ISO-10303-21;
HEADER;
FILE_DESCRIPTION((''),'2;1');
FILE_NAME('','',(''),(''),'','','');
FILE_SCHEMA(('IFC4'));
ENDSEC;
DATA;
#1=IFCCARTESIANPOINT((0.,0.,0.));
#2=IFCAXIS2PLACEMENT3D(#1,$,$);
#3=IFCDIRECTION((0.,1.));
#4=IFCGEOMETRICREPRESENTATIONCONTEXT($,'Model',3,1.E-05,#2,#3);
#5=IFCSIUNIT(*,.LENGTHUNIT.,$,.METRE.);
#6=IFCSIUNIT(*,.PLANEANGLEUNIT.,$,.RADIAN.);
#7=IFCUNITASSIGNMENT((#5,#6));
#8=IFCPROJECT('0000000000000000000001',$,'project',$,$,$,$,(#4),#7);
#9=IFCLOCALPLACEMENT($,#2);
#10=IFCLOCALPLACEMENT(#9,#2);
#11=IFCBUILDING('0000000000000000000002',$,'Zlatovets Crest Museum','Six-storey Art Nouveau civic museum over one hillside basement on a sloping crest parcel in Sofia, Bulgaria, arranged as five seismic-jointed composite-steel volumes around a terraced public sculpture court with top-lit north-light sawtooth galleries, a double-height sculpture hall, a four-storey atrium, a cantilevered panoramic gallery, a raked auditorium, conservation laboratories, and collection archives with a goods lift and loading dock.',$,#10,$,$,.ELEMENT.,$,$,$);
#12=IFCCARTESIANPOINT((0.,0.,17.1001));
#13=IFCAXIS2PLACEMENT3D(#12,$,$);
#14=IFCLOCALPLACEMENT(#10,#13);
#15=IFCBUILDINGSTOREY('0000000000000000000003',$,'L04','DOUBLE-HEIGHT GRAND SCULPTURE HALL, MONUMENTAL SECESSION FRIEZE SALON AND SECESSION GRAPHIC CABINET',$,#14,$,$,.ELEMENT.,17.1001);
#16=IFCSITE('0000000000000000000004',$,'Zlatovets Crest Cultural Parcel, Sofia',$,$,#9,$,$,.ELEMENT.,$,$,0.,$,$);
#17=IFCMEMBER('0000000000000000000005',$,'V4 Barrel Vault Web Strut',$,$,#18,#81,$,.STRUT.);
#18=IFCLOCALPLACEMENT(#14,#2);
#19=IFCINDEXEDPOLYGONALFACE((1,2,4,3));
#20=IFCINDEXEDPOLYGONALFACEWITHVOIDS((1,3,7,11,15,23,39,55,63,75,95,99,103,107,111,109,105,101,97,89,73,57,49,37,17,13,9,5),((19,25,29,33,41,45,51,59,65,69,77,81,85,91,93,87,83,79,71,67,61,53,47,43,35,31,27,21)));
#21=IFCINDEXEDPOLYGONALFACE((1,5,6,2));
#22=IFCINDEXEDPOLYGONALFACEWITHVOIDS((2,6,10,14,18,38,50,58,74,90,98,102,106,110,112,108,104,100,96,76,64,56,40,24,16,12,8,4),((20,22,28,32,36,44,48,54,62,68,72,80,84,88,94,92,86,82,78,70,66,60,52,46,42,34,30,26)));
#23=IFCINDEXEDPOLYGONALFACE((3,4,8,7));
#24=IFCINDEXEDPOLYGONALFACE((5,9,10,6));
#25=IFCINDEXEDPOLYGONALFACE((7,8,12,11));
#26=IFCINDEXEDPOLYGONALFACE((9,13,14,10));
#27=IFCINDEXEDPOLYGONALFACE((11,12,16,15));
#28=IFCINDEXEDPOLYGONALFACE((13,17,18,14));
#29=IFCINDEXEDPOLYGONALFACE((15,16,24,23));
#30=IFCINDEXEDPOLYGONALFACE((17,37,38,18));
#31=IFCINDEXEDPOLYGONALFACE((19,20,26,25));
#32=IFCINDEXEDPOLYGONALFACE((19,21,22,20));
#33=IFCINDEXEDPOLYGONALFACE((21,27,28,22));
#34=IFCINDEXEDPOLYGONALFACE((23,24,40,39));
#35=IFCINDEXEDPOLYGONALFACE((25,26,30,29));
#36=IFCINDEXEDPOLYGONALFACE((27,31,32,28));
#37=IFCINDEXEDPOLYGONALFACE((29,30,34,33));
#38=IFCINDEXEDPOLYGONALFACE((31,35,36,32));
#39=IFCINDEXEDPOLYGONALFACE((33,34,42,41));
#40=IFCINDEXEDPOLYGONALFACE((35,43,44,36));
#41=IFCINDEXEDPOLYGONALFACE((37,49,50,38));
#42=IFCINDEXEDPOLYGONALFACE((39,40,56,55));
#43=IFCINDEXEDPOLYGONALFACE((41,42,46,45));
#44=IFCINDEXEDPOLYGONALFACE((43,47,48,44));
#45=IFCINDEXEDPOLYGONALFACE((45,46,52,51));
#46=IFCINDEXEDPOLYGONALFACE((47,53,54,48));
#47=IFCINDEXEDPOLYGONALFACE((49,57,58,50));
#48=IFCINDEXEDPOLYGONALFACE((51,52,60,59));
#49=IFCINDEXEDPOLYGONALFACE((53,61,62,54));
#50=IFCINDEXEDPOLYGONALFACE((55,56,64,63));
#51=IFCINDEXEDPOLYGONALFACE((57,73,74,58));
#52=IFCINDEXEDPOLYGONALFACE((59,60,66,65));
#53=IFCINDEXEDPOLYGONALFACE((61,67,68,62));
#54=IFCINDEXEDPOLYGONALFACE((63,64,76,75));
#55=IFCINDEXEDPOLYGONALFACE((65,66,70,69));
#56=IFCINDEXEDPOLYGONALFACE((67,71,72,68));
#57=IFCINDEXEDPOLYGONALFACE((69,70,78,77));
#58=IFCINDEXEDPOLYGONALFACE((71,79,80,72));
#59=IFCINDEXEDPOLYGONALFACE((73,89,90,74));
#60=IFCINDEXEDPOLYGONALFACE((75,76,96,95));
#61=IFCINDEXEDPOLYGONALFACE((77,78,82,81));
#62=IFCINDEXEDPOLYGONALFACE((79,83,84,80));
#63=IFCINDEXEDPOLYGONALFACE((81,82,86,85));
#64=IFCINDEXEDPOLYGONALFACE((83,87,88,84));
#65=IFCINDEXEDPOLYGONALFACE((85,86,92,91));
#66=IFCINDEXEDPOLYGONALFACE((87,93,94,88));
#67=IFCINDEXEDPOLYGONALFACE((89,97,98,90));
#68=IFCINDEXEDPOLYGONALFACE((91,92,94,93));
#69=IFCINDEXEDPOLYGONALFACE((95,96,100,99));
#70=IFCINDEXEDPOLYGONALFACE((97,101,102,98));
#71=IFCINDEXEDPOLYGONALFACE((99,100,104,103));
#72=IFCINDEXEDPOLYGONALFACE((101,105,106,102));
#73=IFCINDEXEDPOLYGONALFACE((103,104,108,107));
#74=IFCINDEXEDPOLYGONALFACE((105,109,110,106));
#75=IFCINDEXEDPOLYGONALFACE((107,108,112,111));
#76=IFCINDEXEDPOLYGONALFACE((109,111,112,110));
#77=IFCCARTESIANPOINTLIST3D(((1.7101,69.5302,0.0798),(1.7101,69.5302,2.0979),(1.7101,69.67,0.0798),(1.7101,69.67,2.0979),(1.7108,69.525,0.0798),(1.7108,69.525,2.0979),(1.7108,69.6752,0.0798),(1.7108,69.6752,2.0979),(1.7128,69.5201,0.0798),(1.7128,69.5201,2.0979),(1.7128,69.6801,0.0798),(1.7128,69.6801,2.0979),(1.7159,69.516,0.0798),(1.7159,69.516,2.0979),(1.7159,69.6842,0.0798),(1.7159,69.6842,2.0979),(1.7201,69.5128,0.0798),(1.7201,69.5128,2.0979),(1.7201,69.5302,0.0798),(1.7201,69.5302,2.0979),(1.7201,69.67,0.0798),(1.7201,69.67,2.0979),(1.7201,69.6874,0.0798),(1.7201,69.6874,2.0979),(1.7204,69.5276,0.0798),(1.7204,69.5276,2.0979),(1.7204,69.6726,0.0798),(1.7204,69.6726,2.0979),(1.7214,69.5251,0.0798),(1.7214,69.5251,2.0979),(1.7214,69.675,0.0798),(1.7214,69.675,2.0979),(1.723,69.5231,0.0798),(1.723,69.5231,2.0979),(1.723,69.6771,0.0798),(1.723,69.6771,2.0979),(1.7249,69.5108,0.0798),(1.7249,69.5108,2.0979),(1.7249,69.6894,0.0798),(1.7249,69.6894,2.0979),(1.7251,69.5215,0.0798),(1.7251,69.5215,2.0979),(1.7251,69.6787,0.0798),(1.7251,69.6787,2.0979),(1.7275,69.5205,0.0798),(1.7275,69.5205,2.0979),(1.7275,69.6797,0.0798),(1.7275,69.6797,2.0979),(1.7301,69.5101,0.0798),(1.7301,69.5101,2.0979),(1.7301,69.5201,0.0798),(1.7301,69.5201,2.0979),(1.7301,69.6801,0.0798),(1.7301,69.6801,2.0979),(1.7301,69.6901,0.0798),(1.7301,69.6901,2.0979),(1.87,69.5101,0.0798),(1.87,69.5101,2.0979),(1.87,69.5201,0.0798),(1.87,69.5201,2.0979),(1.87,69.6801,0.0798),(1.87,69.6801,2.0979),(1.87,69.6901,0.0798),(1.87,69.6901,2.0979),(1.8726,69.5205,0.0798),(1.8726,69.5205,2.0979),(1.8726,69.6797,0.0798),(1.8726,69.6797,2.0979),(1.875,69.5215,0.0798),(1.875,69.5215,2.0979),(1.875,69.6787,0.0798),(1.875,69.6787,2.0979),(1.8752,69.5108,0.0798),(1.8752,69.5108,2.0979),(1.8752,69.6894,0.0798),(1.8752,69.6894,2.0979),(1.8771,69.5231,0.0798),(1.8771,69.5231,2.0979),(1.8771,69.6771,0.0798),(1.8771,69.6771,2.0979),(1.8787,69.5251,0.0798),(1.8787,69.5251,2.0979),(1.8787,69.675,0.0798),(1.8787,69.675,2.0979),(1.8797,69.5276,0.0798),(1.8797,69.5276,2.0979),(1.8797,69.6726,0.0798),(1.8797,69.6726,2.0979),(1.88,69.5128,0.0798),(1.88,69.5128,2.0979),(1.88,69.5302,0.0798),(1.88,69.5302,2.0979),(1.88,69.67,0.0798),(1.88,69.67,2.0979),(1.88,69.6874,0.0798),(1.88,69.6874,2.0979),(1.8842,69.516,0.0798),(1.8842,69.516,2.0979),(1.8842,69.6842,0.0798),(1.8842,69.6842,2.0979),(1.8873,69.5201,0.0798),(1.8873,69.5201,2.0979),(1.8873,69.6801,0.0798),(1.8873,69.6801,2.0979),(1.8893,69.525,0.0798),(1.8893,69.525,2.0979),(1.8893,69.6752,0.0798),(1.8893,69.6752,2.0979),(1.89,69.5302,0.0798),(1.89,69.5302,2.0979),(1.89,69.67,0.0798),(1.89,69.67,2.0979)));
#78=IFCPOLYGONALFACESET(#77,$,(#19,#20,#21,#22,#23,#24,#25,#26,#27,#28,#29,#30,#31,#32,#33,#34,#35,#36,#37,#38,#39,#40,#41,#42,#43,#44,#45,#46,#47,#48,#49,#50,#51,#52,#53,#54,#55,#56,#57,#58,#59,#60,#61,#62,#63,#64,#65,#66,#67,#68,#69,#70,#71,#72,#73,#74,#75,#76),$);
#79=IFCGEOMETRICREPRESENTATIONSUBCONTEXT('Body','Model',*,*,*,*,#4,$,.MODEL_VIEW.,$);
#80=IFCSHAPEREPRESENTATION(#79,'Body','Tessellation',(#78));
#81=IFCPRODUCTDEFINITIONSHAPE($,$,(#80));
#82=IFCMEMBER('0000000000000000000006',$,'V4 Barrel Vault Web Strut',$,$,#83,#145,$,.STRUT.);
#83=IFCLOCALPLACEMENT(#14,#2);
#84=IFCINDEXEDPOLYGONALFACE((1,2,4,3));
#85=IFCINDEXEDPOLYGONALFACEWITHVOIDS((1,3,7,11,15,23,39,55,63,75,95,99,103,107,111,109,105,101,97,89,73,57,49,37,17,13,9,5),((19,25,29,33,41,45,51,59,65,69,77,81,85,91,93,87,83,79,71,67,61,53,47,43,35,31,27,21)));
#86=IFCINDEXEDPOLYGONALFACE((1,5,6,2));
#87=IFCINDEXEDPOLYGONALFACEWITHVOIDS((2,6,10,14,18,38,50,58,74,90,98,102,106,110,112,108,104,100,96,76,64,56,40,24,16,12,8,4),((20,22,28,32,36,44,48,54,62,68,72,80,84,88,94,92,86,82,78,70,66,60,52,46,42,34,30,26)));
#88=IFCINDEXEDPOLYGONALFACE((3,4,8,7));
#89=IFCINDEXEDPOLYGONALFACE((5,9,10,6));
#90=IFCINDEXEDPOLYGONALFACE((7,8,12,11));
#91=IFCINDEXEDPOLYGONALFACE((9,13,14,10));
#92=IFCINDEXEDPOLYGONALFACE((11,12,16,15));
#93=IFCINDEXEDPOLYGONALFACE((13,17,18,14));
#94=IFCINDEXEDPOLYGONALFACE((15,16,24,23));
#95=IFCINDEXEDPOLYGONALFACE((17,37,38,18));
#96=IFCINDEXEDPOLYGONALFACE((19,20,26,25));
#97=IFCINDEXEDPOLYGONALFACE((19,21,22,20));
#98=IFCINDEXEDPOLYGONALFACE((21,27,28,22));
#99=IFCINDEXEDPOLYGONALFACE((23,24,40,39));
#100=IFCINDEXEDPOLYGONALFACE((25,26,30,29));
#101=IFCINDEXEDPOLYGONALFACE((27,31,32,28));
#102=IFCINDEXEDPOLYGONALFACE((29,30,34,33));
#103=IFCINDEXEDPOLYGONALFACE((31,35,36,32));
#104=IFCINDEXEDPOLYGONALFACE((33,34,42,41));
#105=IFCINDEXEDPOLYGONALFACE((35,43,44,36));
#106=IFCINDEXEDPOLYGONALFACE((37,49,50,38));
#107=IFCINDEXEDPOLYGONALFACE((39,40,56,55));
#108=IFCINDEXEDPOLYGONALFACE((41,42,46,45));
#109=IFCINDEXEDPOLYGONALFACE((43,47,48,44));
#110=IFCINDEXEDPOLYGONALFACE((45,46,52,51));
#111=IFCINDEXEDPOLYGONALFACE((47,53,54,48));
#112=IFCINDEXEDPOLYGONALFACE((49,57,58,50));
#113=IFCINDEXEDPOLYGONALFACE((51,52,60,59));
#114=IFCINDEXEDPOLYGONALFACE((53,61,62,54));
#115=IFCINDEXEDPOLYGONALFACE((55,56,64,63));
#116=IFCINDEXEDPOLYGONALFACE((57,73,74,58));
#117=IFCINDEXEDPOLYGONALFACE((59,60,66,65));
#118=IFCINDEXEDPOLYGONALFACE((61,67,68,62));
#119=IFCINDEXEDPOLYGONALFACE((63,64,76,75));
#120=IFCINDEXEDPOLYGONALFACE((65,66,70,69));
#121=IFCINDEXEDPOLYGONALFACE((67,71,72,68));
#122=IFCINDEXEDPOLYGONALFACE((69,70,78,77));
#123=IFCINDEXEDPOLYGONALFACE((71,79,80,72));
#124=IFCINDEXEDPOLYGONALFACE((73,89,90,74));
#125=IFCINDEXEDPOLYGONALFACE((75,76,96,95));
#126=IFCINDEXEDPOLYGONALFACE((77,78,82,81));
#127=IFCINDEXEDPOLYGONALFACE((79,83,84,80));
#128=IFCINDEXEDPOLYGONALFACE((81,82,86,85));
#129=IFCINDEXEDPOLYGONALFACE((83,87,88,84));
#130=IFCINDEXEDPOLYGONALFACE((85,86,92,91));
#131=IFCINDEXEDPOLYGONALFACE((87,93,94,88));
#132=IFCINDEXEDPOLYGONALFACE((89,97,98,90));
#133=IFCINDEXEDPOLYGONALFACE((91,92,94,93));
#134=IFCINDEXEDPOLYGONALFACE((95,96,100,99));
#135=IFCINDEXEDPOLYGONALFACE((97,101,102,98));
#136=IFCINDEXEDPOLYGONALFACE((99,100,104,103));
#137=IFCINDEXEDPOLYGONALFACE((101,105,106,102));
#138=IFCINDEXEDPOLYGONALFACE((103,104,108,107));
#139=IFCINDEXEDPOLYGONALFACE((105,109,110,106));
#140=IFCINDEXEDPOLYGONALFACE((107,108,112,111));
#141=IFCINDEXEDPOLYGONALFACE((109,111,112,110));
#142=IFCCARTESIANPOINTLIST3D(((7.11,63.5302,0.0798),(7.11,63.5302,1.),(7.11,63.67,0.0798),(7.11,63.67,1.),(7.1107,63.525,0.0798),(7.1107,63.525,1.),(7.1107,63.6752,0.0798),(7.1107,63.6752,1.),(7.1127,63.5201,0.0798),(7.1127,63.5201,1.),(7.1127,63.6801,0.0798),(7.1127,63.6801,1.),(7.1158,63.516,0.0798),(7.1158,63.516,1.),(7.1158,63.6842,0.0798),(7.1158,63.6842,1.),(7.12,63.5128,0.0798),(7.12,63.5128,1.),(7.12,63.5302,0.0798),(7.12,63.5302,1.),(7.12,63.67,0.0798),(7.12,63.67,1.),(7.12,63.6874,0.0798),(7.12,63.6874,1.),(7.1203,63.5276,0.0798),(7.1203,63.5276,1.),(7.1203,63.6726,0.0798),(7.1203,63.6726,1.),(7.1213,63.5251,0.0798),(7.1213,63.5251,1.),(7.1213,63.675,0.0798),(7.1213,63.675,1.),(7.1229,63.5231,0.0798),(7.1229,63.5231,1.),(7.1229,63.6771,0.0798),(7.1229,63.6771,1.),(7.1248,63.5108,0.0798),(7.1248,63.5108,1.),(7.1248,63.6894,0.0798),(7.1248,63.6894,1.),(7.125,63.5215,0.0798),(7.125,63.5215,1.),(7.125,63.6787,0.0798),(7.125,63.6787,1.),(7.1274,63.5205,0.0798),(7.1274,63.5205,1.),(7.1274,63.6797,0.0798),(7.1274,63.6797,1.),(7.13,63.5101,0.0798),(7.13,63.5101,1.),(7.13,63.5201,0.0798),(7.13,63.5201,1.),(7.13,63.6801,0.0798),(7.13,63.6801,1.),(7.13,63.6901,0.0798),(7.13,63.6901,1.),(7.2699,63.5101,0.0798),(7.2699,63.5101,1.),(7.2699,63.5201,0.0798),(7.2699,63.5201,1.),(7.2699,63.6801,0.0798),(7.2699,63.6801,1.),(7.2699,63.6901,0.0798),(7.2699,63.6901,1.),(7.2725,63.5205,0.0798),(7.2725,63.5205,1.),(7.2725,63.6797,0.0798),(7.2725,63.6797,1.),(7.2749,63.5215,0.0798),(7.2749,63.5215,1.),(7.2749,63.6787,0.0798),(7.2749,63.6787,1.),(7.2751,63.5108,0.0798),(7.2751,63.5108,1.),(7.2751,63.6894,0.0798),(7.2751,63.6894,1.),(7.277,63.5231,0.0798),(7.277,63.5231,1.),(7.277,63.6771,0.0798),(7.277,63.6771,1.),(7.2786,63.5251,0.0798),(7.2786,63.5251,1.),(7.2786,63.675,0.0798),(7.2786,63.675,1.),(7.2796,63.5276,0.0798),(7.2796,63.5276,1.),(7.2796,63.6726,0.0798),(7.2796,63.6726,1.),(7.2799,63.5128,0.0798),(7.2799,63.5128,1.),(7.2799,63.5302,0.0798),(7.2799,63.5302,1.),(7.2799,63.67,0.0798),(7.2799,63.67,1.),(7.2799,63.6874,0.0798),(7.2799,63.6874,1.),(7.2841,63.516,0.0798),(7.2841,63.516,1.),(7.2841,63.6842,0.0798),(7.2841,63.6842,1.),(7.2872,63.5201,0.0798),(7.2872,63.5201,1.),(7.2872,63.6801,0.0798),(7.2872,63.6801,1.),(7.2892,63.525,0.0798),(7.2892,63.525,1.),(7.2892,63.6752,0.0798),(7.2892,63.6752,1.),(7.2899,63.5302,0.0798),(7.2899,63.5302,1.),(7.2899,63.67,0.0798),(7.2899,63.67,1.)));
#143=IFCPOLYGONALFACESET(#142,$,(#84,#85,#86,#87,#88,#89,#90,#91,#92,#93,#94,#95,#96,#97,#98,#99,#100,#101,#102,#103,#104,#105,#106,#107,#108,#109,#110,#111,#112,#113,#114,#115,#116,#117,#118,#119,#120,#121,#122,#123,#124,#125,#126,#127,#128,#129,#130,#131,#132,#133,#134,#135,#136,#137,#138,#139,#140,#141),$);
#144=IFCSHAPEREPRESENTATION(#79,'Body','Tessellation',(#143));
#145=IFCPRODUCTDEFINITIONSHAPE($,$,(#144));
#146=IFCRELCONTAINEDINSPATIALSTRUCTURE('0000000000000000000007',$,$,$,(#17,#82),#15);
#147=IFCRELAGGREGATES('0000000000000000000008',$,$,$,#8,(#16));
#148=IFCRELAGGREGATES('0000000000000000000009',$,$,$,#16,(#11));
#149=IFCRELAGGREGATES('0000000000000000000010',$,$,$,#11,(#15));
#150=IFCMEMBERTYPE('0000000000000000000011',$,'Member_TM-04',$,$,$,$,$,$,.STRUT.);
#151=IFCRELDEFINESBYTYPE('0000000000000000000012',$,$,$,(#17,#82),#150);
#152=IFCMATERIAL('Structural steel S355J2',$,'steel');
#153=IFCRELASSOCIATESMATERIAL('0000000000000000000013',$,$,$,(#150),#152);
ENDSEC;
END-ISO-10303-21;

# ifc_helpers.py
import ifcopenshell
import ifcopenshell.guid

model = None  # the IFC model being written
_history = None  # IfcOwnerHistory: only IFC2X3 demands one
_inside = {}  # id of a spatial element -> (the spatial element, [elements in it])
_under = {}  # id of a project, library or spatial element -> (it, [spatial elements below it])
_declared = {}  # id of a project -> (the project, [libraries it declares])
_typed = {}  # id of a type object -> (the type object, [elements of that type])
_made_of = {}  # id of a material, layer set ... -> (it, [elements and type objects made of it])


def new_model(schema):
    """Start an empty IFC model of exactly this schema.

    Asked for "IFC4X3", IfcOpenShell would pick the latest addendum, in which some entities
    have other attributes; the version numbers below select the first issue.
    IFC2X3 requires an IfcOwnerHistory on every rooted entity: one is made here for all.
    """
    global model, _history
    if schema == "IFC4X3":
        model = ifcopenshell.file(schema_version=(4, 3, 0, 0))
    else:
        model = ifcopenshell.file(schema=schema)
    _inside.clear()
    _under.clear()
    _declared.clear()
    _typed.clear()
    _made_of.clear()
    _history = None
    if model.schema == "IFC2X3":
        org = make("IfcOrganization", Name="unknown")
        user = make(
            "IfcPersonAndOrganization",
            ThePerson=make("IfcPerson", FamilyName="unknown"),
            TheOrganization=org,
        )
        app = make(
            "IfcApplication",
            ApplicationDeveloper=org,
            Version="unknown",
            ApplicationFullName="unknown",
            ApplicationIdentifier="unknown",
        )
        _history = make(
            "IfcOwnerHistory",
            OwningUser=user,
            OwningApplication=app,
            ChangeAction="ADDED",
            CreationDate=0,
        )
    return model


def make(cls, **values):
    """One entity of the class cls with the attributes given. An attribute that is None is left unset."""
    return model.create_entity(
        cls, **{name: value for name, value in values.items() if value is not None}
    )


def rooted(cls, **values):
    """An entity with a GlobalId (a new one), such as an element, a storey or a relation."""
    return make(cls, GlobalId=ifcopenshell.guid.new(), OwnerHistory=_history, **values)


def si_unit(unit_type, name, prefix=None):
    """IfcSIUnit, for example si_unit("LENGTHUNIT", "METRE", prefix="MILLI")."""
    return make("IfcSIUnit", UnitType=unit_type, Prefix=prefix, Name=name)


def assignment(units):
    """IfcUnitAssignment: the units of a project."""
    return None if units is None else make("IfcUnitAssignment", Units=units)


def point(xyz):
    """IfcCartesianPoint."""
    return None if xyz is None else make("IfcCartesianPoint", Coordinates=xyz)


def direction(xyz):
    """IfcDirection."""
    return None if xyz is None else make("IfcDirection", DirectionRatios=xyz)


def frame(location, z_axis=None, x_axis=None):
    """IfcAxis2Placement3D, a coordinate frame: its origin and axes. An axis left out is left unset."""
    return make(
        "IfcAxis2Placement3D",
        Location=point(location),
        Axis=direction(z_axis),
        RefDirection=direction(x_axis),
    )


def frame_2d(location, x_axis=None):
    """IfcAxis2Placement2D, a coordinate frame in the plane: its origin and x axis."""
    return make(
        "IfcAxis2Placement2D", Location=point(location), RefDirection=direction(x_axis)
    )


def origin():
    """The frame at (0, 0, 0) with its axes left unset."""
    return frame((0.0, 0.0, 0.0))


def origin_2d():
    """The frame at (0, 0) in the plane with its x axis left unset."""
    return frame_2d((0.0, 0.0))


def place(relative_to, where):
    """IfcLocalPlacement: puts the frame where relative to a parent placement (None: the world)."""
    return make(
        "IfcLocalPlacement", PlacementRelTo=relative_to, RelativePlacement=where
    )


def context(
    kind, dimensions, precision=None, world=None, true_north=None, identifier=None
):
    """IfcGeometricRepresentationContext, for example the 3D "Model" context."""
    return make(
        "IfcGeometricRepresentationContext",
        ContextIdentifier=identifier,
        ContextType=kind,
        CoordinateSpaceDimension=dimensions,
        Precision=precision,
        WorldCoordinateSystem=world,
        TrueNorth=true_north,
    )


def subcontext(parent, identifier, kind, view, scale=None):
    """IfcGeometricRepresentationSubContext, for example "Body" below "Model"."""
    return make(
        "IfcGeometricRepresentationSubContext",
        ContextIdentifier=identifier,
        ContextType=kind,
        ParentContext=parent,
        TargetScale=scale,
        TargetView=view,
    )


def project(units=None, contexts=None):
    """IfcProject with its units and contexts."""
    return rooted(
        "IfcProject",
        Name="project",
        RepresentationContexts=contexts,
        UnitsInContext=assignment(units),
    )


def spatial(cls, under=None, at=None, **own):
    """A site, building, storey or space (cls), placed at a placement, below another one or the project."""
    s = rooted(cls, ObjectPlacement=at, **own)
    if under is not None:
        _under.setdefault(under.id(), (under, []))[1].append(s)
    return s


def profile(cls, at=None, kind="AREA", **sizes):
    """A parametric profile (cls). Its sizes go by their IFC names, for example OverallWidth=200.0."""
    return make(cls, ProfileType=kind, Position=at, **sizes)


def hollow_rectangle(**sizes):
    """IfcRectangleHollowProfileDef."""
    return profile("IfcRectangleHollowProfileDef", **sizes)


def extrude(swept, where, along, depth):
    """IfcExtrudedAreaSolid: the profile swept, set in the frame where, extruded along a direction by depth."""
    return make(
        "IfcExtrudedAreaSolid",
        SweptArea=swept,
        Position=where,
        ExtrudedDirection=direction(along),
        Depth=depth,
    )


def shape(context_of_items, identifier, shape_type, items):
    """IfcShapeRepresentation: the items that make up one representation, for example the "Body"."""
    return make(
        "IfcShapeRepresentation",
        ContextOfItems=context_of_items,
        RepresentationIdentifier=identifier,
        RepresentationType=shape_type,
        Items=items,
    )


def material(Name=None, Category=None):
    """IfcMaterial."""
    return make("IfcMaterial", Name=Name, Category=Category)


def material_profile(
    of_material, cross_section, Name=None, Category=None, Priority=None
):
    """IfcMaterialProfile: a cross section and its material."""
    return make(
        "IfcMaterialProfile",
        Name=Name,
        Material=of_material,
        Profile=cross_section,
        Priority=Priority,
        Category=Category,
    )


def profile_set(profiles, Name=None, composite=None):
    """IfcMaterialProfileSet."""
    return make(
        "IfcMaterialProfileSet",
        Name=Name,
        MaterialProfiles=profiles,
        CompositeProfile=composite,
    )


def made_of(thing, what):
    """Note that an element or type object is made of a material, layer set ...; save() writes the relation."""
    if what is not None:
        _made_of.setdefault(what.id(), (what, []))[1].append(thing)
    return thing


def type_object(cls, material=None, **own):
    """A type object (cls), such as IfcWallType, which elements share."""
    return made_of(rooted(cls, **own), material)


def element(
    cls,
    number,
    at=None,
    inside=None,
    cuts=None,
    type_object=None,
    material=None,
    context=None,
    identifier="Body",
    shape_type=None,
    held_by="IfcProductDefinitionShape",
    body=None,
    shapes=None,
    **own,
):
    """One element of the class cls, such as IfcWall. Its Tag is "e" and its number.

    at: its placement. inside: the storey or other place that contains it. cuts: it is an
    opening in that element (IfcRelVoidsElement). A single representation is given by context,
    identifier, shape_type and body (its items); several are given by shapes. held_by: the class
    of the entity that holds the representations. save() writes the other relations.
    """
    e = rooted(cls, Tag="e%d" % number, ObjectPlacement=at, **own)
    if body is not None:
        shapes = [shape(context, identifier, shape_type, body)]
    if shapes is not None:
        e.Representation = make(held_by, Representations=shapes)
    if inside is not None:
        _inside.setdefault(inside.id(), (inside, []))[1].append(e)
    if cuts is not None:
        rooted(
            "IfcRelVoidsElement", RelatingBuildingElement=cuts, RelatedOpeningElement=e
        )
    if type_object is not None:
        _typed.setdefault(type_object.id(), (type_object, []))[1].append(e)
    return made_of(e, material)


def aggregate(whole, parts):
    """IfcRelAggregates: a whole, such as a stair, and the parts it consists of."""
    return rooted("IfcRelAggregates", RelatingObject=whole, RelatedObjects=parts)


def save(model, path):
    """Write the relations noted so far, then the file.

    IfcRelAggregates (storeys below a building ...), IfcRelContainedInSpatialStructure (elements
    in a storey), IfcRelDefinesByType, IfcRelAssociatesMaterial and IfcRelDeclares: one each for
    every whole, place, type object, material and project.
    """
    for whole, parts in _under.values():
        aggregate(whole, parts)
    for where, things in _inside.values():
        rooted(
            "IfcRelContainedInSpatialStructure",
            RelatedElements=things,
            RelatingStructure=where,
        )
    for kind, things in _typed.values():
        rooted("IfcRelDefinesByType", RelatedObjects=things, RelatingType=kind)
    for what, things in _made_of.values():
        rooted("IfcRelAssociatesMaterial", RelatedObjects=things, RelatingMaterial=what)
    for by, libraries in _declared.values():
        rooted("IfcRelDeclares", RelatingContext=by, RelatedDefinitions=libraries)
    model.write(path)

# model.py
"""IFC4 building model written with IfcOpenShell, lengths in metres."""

from ifc_helpers import new_model, si_unit, direction, frame, origin, origin_2d, place, context, subcontext, project, spatial, hollow_rectangle, extrude, material, material_profile, profile_set, type_object, element, save


model = new_model("IFC4")

# Units and contexts
model_context = context("Model", 3, precision=1e-05, world=origin(), true_north=direction((0.0, 1.0)))
body_context = subcontext(model_context, "Body", "Model", "MODEL_VIEW")
ifc_project = project(units=[si_unit("LENGTHUNIT", "METRE"), si_unit("PLANEANGLEUNIT", "RADIAN")], contexts=[model_context])

# Site, building, storey
site_placement = place(None, origin())
site = spatial("IfcSite", under=ifc_project, at=site_placement, Name="Zlatovets Crest Cultural Parcel, Sofia", CompositionType="ELEMENT", RefElevation=0.0)
building_placement = place(site_placement, origin())
building = spatial("IfcBuilding", under=site, at=building_placement, Name="Zlatovets Crest Museum", Description="Six-storey Art Nouveau civic museum over one hillside basement on a sloping crest parcel in Sofia, Bulgaria, arranged as five seismic-jointed composite-steel volumes around a terraced public sculpture court with top-lit north-light sawtooth galleries, a double-height sculpture hall, a four-storey atrium, a cantilevered panoramic gallery, a raked auditorium, conservation laboratories, and collection archives with a goods lift and loading dock.", CompositionType="ELEMENT")
storey_placement = place(building_placement, frame((0.0, 0.0, 17.1001)))
storey = spatial("IfcBuildingStorey", under=building, at=storey_placement, Name="L04", Description="DOUBLE-HEIGHT GRAND SCULPTURE HALL, MONUMENTAL SECESSION FRIEZE SALON AND SECESSION GRAPHIC CABINET", CompositionType="ELEMENT", Elevation=17.1001)

# Shared definitions
ifc_material_1 = material(Name="Structural steel S355J2", Category="steel")

# Members
ifc_material_profile_1 = material_profile(ifc_material_1, hollow_rectangle(XDim=0.1799, YDim=0.1799, WallThickness=0.01, InnerFilletRadius=0.01, OuterFilletRadius=0.02, at=origin_2d()), Name="SHS 180x180x10.0")
ifc_profile_set_1 = profile_set([ifc_material_profile_1], Name="Structural steel S355J2")
member_type_1 = type_object("IfcMemberType", Name="Member_TM-04", PredefinedType="STRUT", material=ifc_profile_set_1)
member_1_placement = place(storey_placement, frame((1.8, 69.6001, 0.0798), z_axis=(0.0, 0.0, 1.0), x_axis=(1.0, 0.0, 0.0)))
element("IfcMember", 1, at=member_1_placement, inside=storey, type_object=member_type_1, Name="V4 Barrel Vault Web Strut", PredefinedType="STRUT", context=body_context, shape_type="SweptSolid", body=[
    extrude(hollow_rectangle(XDim=0.1799, YDim=0.1799, WallThickness=0.01, InnerFilletRadius=0.01, OuterFilletRadius=0.02, at=origin_2d()), origin(), (0.0, 0.0, 1.0), 2.0181),
])
member_2_placement = place(storey_placement, frame((7.2, 63.6001, 0.0798), z_axis=(0.0, 0.0, 1.0), x_axis=(1.0, 0.0, 0.0)))
element("IfcMember", 2, at=member_2_placement, inside=storey, type_object=member_type_1, Name="V4 Barrel Vault Web Strut", PredefinedType="STRUT", context=body_context, shape_type="SweptSolid", body=[
    extrude(hollow_rectangle(XDim=0.1799, YDim=0.1799, WallThickness=0.01, InnerFilletRadius=0.01, OuterFilletRadius=0.02, at=origin_2d()), origin(), (0.0, 0.0, 1.0), 0.9202),
])

save(model, "model.ifc")
